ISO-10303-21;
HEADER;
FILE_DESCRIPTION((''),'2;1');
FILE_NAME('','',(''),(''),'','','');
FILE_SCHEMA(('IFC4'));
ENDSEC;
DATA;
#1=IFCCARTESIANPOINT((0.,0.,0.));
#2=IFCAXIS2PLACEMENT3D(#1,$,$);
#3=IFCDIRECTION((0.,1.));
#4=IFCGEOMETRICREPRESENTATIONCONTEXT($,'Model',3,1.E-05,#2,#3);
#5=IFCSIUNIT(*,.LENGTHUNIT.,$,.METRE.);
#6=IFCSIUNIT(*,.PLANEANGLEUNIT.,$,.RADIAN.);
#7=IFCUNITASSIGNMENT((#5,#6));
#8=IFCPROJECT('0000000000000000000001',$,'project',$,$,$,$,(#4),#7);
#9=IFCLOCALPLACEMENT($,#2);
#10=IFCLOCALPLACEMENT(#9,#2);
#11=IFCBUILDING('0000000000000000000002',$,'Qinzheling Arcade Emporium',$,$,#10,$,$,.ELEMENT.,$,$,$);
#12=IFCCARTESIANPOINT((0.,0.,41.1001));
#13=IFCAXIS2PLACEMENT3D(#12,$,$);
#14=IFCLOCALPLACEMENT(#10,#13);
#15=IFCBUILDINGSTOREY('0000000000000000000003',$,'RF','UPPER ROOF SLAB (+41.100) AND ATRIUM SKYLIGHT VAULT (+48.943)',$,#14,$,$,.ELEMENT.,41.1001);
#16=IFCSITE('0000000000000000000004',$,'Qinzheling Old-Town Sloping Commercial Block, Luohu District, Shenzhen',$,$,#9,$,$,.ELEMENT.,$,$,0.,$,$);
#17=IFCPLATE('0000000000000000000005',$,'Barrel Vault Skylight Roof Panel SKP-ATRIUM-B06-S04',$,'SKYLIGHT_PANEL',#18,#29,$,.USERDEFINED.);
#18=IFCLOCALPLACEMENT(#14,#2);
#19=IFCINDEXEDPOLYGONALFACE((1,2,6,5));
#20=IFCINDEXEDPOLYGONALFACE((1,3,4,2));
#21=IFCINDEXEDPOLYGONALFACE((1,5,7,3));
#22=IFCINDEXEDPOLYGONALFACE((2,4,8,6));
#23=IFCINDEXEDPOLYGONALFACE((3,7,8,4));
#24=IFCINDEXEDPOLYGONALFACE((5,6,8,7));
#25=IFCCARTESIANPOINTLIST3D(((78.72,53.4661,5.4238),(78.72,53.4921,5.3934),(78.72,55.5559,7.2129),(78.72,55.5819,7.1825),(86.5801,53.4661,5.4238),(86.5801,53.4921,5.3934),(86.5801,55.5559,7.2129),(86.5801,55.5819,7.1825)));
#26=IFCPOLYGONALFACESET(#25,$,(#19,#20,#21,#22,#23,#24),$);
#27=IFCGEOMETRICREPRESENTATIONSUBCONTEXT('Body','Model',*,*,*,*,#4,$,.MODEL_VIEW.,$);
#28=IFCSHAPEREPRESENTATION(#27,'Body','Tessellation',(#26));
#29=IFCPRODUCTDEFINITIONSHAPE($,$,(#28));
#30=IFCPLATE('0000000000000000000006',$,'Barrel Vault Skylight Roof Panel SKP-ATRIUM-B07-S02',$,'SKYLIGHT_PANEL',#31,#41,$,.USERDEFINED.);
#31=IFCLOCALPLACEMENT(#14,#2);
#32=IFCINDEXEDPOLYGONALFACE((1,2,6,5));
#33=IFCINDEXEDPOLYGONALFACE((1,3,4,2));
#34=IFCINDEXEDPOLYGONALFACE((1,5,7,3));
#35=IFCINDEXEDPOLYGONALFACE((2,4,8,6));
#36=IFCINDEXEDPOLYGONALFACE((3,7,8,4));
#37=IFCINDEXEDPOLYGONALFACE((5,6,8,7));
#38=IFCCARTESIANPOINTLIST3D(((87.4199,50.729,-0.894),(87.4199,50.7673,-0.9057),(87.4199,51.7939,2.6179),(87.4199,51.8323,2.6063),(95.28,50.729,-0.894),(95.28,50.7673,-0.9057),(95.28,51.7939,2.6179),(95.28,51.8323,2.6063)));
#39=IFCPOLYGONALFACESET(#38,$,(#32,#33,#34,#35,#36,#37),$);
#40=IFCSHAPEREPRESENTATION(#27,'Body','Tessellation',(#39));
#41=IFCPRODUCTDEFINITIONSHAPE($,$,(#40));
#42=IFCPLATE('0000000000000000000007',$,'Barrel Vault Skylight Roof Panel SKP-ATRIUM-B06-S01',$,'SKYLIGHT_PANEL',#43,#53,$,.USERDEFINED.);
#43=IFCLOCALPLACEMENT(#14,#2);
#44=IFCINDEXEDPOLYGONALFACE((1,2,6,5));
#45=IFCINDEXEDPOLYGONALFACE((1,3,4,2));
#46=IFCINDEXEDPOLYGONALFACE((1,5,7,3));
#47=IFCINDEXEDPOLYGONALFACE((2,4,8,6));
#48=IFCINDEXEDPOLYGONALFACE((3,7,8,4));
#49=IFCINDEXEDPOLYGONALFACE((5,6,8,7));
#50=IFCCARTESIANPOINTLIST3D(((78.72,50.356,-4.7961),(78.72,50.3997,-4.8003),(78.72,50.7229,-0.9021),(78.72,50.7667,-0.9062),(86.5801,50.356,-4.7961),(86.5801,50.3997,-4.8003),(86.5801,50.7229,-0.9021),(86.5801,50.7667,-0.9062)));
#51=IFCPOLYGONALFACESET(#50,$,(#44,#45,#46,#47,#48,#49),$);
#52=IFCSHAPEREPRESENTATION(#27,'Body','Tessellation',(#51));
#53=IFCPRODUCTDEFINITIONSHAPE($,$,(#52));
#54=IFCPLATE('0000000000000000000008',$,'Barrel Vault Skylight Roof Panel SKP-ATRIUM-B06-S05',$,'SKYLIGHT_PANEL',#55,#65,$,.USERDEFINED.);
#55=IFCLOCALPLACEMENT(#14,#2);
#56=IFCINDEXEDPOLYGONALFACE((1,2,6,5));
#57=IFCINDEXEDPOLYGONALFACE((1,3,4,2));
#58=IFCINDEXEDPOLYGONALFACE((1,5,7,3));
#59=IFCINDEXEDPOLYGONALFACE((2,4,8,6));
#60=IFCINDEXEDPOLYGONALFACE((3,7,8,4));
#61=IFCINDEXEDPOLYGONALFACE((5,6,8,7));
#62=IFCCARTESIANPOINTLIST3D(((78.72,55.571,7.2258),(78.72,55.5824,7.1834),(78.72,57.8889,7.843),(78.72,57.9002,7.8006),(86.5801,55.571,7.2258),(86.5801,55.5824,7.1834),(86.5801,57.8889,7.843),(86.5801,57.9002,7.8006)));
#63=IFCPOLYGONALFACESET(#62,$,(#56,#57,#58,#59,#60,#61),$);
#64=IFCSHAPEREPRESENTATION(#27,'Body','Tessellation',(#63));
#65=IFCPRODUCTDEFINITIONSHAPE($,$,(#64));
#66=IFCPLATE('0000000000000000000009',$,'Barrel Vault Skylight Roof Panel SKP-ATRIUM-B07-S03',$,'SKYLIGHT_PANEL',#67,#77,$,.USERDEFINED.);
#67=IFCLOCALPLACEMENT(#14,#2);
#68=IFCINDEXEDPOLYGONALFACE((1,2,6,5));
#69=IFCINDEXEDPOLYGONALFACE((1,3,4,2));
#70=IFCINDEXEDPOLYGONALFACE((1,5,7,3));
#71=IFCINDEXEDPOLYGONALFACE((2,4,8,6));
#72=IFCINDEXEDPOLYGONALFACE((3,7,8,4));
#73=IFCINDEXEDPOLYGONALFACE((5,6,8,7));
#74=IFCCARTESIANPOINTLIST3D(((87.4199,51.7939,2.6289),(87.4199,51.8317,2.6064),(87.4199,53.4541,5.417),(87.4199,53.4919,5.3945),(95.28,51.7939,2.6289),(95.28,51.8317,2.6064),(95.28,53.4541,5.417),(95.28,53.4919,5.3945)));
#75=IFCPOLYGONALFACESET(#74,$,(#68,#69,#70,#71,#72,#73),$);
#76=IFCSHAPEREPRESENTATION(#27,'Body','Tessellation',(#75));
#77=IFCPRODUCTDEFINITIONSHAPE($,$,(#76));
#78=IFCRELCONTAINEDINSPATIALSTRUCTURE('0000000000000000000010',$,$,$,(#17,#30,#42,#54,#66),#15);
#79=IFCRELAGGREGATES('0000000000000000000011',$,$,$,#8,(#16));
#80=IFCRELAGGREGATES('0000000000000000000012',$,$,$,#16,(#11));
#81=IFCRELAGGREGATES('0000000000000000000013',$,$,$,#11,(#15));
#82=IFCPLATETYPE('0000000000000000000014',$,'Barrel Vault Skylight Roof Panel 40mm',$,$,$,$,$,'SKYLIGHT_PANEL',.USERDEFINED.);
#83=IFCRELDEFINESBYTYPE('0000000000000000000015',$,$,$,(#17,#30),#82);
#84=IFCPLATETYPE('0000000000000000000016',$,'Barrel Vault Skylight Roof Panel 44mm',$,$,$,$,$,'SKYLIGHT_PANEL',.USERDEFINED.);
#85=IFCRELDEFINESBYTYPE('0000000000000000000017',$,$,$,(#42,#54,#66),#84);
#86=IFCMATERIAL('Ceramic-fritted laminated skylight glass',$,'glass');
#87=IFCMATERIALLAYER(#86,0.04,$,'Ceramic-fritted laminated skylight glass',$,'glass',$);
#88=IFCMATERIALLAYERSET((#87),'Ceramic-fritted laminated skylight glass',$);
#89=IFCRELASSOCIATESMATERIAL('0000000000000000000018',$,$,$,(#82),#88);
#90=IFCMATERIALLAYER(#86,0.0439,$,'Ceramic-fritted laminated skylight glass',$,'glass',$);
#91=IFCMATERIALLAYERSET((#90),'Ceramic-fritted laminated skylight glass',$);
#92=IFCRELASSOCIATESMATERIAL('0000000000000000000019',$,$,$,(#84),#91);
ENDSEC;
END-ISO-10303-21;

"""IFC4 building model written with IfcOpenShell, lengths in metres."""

from ifc_helpers import new_model, si_unit, direction, frame, origin, place, context, subcontext, project, spatial, polyline, outline, extrude, material, layer, layer_set, type_object, element, save


model = new_model("IFC4")

# Units and contexts
model_context = context("Model", 3, precision=1e-05, world=origin(), true_north=direction((0.0, 1.0)))
body_context = subcontext(model_context, "Body", "Model", "MODEL_VIEW")
ifc_project = project(units=[si_unit("LENGTHUNIT", "METRE"), si_unit("PLANEANGLEUNIT", "RADIAN")], contexts=[model_context])

# Site, building, storey
site_placement = place(None, origin())
site = spatial("IfcSite", under=ifc_project, at=site_placement, Name="Qinzheling Old-Town Sloping Commercial Block, Luohu District, Shenzhen", CompositionType="ELEMENT", RefElevation=0.0)
building_placement = place(site_placement, origin())
building = spatial("IfcBuilding", under=site, at=building_placement, Name="Qinzheling Arcade Emporium", CompositionType="ELEMENT")
storey_placement = place(building_placement, frame((0.0, 0.0, 41.1001)))
storey = spatial("IfcBuildingStorey", under=building, at=storey_placement, Name="RF", Description="UPPER ROOF SLAB (+41.100) AND ATRIUM SKYLIGHT VAULT (+48.943)", CompositionType="ELEMENT", Elevation=41.1001)

# Plates
ifc_material_1 = material(Name="Ceramic-fritted laminated skylight glass", Category="glass")
ifc_layer_1 = layer(ifc_material_1, 0.04, Name="Ceramic-fritted laminated skylight glass", Category="glass")
ifc_layer_set_1 = layer_set([ifc_layer_1], Name="Ceramic-fritted laminated skylight glass")
plate_type_1 = type_object("IfcPlateType", Name="Barrel Vault Skylight Roof Panel 40mm", ElementType="SKYLIGHT_PANEL", PredefinedType="USERDEFINED", material=ifc_layer_set_1)
plate_1_placement = place(storey_placement, frame((78.72, 53.4661, 5.4238), z_axis=(0.0, -0.650324, 0.759657), x_axis=(1.0, 0.0, 0.0)))
element("IfcPlate", 1, at=plate_1_placement, inside=storey, type_object=plate_type_1, Name="Barrel Vault Skylight Roof Panel SKP-ATRIUM-B06-S04", ObjectType="SKYLIGHT_PANEL", PredefinedType="USERDEFINED", context=body_context, shape_type="SweptSolid", body=[
    extrude(outline(polyline([(0.0, 0.0), (7.8601, 0.0), (7.8601, 2.751), (0.0, 2.751), (0.0, 0.0)])), origin(), (0.0, 0.0, -1.0), 0.04),
])
plate_2_placement = place(storey_placement, frame((87.4199, 50.729, -0.894), z_axis=(0.0, -0.956971, 0.290185), x_axis=(1.0, 0.0, 0.0)))
element("IfcPlate", 2, at=plate_2_placement, inside=storey, type_object=plate_type_1, Name="Barrel Vault Skylight Roof Panel SKP-ATRIUM-B07-S02", ObjectType="SKYLIGHT_PANEL", PredefinedType="USERDEFINED", context=body_context, shape_type="SweptSolid", body=[
    extrude(outline(polyline([(0.0, 0.0), (7.8601, 0.0), (7.8601, 3.6699), (0.0, 3.6699), (0.0, 0.0)])), origin(), (0.0, 0.0, -1.0), 0.04),
])
ifc_layer_2 = layer(ifc_material_1, 0.0439, Name="Ceramic-fritted laminated skylight glass", Category="glass")
ifc_layer_set_2 = layer_set([ifc_layer_2], Name="Ceramic-fritted laminated skylight glass")
plate_type_2 = type_object("IfcPlateType", Name="Barrel Vault Skylight Roof Panel 44mm", ElementType="SKYLIGHT_PANEL", PredefinedType="USERDEFINED", material=ifc_layer_set_2)
plate_3_placement = place(storey_placement, frame((78.72, 50.356, -4.7961), z_axis=(0.0, -0.99559, 0.093816), x_axis=(1.0, 0.0, 0.0)))
element("IfcPlate", 3, at=plate_3_placement, inside=storey, type_object=plate_type_2, Name="Barrel Vault Skylight Roof Panel SKP-ATRIUM-B06-S01", ObjectType="SKYLIGHT_PANEL", PredefinedType="USERDEFINED", context=body_context, shape_type="SweptSolid", body=[
    extrude(outline(polyline([(0.0, 0.0), (7.8601, 0.0), (7.8601, 3.9113), (0.0, 3.9113), (0.0, 0.0)])), origin(), (0.0, 0.0, -1.0), 0.0439),
])
plate_4_placement = place(storey_placement, frame((78.72, 55.571, 7.2258), z_axis=(0.0, -0.257308, 0.966329), x_axis=(1.0, 0.0, 0.0)))
element("IfcPlate", 4, at=plate_4_placement, inside=storey, type_object=plate_type_2, Name="Barrel Vault Skylight Roof Panel SKP-ATRIUM-B06-S05", ObjectType="SKYLIGHT_PANEL", PredefinedType="USERDEFINED", context=body_context, shape_type="SweptSolid", body=[
    extrude(outline(polyline([(0.0, 0.0), (7.8601, 0.0), (7.8601, 2.3986), (0.0, 2.3986), (0.0, 0.0)])), origin(), (0.0, 0.0, -1.0), 0.0439),
])
plate_5_placement = place(storey_placement, frame((87.4199, 51.7939, 2.6289), z_axis=(0.0, -0.859214, 0.511616), x_axis=(1.0, 0.0, 0.0)))
element("IfcPlate", 5, at=plate_5_placement, inside=storey, type_object=plate_type_2, Name="Barrel Vault Skylight Roof Panel SKP-ATRIUM-B07-S03", ObjectType="SKYLIGHT_PANEL", PredefinedType="USERDEFINED", context=body_context, shape_type="SweptSolid", body=[
    extrude(outline(polyline([(0.0, 0.0), (7.8601, 0.0), (7.8601, 3.2449), (0.0, 3.2449), (0.0, 0.0)])), origin(), (0.0, 0.0, -1.0), 0.0439),
])

save(model, "model.ifc")
